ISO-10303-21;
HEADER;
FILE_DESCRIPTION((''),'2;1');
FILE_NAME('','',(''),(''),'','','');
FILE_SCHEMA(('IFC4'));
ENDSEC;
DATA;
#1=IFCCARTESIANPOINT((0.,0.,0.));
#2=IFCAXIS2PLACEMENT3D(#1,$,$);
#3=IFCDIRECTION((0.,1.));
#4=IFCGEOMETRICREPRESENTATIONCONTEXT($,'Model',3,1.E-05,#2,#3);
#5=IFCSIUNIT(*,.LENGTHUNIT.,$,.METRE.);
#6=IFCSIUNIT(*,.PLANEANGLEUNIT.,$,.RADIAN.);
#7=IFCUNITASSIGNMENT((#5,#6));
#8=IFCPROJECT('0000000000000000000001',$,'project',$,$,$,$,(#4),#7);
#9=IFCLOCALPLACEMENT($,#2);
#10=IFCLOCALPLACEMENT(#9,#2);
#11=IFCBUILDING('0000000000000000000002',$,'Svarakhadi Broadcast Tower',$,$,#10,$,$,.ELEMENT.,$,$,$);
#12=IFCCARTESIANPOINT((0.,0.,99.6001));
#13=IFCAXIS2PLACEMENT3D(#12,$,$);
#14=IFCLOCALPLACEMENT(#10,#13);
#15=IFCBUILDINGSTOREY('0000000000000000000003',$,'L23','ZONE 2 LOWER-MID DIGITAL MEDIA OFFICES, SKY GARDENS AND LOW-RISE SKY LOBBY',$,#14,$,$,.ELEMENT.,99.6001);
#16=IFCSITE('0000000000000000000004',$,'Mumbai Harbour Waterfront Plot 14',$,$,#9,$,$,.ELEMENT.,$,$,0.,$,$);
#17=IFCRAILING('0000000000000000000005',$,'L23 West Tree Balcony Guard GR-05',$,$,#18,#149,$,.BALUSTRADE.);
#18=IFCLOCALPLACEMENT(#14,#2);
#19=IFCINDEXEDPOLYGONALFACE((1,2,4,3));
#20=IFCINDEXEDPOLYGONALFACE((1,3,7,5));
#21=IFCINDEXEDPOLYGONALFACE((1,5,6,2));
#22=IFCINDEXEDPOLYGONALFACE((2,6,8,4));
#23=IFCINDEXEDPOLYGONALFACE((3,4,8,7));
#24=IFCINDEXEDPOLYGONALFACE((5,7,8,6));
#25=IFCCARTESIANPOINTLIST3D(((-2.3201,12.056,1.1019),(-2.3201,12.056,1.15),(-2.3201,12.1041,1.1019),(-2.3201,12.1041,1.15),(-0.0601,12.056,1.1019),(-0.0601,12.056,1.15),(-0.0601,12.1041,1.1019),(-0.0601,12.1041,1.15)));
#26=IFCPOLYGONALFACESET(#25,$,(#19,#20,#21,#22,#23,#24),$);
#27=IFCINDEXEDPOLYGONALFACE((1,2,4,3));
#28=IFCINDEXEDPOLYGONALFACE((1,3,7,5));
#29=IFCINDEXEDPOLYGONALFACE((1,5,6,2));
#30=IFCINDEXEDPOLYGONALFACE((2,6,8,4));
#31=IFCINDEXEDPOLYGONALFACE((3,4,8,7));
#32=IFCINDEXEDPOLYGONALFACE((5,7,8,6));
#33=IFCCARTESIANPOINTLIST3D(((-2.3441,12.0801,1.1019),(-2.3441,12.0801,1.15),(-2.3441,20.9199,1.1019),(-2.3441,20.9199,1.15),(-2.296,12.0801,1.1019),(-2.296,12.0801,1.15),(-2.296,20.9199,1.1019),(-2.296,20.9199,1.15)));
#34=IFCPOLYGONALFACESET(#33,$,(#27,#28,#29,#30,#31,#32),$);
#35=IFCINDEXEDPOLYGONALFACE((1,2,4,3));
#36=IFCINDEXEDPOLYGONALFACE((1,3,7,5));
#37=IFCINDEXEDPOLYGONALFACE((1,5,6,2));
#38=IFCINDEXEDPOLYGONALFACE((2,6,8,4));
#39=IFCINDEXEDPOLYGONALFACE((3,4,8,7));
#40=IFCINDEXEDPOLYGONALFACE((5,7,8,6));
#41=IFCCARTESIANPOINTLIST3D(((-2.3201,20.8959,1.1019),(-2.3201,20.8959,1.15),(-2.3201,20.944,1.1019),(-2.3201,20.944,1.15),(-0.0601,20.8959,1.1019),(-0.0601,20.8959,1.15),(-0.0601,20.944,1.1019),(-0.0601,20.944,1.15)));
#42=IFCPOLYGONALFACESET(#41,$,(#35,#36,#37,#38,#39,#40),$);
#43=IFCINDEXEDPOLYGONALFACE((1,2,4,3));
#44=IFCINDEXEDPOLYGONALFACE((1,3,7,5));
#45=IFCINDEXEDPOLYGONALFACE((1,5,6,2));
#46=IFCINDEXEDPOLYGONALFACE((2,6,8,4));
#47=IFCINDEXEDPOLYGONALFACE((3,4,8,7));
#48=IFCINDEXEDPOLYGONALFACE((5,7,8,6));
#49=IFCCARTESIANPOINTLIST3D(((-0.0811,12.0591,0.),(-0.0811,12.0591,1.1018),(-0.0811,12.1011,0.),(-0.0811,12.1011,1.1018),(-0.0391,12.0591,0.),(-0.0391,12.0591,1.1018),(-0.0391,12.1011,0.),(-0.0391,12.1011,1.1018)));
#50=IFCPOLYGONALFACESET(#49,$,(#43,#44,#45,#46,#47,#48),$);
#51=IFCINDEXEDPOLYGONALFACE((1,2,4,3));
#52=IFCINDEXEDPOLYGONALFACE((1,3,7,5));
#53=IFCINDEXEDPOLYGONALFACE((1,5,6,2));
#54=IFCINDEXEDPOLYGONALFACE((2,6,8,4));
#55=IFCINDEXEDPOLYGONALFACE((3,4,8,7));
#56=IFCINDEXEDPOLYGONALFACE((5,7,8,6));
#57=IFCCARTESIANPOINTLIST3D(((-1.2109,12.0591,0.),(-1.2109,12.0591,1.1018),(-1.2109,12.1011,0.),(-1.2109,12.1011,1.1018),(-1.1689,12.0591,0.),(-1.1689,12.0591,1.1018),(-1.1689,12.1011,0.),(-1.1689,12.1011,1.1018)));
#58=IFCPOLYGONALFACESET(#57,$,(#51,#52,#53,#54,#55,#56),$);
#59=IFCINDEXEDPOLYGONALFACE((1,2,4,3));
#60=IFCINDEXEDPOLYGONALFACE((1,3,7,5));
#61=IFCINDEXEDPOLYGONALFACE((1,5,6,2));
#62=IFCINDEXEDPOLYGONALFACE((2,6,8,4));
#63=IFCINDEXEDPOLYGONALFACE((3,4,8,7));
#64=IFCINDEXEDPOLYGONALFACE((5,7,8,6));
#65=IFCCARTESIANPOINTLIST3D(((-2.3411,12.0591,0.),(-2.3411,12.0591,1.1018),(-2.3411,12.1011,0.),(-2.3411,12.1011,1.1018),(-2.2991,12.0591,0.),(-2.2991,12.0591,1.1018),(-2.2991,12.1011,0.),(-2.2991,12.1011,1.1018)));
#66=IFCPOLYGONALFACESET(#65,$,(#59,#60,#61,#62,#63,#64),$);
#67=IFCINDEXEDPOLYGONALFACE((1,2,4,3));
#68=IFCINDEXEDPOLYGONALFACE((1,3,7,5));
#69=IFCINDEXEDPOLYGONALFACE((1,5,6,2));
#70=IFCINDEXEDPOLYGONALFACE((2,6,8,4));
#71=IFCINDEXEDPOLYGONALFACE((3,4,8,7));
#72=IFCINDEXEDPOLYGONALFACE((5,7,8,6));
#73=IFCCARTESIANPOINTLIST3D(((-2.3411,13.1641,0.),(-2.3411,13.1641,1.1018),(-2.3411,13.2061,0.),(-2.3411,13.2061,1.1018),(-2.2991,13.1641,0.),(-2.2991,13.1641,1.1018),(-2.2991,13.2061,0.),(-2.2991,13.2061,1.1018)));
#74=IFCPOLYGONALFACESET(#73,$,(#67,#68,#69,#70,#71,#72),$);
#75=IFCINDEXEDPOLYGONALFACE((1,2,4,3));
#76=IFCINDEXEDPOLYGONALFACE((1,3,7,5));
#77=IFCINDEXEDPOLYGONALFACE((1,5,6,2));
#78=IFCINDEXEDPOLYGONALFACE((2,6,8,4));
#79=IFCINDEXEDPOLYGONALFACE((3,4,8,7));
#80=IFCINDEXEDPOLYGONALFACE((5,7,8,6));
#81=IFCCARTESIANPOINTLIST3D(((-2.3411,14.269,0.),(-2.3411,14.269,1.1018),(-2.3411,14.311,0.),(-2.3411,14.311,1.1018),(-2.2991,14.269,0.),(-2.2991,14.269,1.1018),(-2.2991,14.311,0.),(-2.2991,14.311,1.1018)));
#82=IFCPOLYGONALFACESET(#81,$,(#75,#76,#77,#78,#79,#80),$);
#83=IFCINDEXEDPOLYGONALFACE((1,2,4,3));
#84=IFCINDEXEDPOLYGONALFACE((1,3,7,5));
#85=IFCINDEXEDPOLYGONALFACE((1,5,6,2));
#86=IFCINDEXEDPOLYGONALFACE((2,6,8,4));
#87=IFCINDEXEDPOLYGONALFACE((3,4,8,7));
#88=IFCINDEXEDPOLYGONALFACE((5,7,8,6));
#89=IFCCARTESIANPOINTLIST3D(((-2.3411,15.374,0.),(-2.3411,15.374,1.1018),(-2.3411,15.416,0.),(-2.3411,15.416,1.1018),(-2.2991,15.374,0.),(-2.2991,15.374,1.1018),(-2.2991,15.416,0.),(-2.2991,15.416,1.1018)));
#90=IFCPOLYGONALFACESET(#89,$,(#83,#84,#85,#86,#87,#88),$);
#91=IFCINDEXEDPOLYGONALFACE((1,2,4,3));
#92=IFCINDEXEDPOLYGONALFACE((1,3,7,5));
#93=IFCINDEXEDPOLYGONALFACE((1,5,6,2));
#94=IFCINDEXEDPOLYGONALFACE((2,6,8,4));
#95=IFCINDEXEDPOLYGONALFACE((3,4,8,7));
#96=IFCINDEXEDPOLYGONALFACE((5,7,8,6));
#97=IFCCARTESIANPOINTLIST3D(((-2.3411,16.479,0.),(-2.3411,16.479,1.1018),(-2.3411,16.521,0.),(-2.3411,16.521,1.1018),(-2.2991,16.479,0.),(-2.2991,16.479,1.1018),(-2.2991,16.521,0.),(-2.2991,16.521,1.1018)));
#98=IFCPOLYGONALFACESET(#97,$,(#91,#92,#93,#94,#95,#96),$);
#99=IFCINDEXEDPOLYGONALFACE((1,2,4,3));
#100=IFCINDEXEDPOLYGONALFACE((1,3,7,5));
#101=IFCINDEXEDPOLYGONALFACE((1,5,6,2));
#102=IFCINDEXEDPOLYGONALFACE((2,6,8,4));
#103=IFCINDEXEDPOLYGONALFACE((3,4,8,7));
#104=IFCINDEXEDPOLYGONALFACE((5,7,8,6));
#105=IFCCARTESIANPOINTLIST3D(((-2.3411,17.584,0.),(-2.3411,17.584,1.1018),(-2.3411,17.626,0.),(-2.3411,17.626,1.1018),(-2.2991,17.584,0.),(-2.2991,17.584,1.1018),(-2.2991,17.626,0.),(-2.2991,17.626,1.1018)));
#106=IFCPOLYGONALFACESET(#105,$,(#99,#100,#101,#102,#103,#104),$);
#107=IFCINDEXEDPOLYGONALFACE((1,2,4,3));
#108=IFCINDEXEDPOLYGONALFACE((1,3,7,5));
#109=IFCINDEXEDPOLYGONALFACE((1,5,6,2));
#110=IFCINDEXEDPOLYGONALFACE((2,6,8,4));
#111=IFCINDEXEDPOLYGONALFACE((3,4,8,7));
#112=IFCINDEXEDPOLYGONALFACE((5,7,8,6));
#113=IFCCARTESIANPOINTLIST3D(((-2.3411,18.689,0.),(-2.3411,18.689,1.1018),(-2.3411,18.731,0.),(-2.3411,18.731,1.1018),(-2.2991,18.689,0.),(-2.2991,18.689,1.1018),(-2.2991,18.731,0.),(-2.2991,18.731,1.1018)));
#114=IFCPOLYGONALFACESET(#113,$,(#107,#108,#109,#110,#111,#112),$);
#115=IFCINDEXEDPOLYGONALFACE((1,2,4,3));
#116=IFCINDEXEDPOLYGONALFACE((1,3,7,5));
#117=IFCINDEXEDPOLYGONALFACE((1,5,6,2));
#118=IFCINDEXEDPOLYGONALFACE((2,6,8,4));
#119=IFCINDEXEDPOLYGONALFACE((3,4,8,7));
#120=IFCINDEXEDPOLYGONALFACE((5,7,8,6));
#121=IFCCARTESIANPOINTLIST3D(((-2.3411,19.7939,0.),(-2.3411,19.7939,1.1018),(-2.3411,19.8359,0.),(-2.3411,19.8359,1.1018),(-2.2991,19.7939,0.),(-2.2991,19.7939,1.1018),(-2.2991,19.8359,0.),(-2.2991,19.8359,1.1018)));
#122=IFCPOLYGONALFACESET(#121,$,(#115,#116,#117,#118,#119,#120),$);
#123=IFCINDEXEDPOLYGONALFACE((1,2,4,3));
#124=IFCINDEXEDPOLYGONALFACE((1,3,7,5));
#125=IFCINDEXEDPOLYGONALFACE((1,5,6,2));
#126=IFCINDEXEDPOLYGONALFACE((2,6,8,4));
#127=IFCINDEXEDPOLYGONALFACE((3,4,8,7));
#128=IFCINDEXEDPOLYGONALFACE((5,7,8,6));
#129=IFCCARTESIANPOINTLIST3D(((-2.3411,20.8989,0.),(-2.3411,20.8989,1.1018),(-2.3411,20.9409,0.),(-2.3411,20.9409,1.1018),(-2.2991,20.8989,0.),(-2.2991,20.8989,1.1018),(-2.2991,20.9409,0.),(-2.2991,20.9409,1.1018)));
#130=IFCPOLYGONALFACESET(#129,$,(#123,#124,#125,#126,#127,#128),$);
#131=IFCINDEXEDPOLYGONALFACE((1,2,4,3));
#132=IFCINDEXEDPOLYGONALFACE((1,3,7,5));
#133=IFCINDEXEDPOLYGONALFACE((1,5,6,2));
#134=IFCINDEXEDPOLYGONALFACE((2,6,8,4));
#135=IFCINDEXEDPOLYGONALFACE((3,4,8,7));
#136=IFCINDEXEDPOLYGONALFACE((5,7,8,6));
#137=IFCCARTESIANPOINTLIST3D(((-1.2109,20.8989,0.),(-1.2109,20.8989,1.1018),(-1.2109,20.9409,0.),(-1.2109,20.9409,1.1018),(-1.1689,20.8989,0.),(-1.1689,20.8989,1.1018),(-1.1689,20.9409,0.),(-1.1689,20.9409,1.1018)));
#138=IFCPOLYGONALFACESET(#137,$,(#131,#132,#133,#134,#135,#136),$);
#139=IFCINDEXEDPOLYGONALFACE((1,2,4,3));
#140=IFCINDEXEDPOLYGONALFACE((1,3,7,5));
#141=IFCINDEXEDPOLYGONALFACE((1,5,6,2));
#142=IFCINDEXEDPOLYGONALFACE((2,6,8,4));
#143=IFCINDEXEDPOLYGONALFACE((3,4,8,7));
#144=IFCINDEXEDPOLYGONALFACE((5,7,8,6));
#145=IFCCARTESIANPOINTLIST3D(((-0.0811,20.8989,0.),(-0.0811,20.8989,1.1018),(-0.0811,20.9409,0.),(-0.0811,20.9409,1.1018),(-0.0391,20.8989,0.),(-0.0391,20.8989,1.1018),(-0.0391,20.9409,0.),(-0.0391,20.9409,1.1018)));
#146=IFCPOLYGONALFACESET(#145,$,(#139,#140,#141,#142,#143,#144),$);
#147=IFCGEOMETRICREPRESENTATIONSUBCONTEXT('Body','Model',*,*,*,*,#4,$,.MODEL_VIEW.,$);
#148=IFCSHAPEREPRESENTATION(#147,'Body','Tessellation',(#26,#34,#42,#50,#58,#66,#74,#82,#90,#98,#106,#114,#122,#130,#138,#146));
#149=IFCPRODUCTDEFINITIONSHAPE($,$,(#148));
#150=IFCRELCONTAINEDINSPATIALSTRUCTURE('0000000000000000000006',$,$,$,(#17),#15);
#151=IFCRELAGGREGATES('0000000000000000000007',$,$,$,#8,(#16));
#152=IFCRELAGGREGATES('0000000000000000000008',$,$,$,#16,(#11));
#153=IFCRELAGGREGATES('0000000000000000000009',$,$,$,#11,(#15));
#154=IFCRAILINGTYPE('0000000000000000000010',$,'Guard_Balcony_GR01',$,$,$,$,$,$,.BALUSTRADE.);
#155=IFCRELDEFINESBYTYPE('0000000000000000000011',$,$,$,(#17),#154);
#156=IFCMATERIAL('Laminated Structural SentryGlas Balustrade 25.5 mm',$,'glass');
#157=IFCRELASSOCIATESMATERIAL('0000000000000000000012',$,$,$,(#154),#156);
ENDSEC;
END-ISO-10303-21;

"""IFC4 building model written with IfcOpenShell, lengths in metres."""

from ifc_helpers import new_model, si_unit, direction, frame, origin, origin_2d, place, context, subcontext, project, spatial, rectangle, extrude, material, type_object, element, save


model = new_model("IFC4")

# Units and contexts
model_context = context("Model", 3, precision=1e-05, world=origin(), true_north=direction((0.0, 1.0)))
body_context = subcontext(model_context, "Body", "Model", "MODEL_VIEW")
ifc_project = project(units=[si_unit("LENGTHUNIT", "METRE"), si_unit("PLANEANGLEUNIT", "RADIAN")], contexts=[model_context])

# Site, building, storey
site_placement = place(None, origin())
site = spatial("IfcSite", under=ifc_project, at=site_placement, Name="Mumbai Harbour Waterfront Plot 14", CompositionType="ELEMENT", RefElevation=0.0)
building_placement = place(site_placement, origin())
building = spatial("IfcBuilding", under=site, at=building_placement, Name="Svarakhadi Broadcast Tower", CompositionType="ELEMENT")
storey_placement = place(building_placement, frame((0.0, 0.0, 99.6001)))
storey = spatial("IfcBuildingStorey", under=building, at=storey_placement, Name="L23", Description="ZONE 2 LOWER-MID DIGITAL MEDIA OFFICES, SKY GARDENS AND LOW-RISE SKY LOBBY", CompositionType="ELEMENT", Elevation=99.6001)

# Railing
ifc_material_1 = material(Name="Laminated Structural SentryGlas Balustrade 25.5 mm", Category="glass")
railing_type = type_object("IfcRailingType", Name="Guard_Balcony_GR01", PredefinedType="BALUSTRADE", material=ifc_material_1)
railing_placement = place(storey_placement, frame((-0.0601, 12.0801, 0.0)))
element("IfcRailing", 1, at=railing_placement, inside=storey, type_object=railing_type, Name="L23 West Tree Balcony Guard GR-05", PredefinedType="BALUSTRADE", context=body_context, shape_type="SweptSolid", body=[
    extrude(rectangle(XDim=0.0481, YDim=0.0481, at=origin_2d()), frame((0.0, 0.0, 1.126), z_axis=(-1.0, 0.0, 0.0), x_axis=(0.0, -1.0, 0.0)), (0.0, 0.0, 1.0), 2.26),
    extrude(rectangle(XDim=0.0481, YDim=0.0481, at=origin_2d()), frame((-2.26, 0.0, 1.126), z_axis=(0.0, 1.0, 0.0), x_axis=(-1.0, 0.0, 0.0)), (0.0, 0.0, 1.0), 8.8398),
    extrude(rectangle(XDim=0.0481, YDim=0.0481, at=origin_2d()), frame((-2.26, 8.8398, 1.126), z_axis=(1.0, 0.0, 0.0), x_axis=(0.0, 1.0, 0.0)), (0.0, 0.0, 1.0), 2.26),
    extrude(rectangle(XDim=0.042, YDim=0.042, at=origin_2d()), origin(), (0.0, 0.0, 1.0), 1.1018),
    extrude(rectangle(XDim=0.042, YDim=0.042, at=origin_2d()), frame((-1.1299, 0.0, 0.0)), (0.0, 0.0, 1.0), 1.1018),
    extrude(rectangle(XDim=0.042, YDim=0.042, at=origin_2d()), frame((-2.26, 0.0, 0.0)), (0.0, 0.0, 1.0), 1.1018),
    extrude(rectangle(XDim=0.042, YDim=0.042, at=origin_2d()), frame((-2.26, 1.105, 0.0)), (0.0, 0.0, 1.0), 1.1018),
    extrude(rectangle(XDim=0.042, YDim=0.042, at=origin_2d()), frame((-2.26, 2.21, 0.0)), (0.0, 0.0, 1.0), 1.1018),
    extrude(rectangle(XDim=0.042, YDim=0.042, at=origin_2d()), frame((-2.26, 3.3149, 0.0)), (0.0, 0.0, 1.0), 1.1018),
    extrude(rectangle(XDim=0.042, YDim=0.042, at=origin_2d()), frame((-2.26, 4.4199, 0.0)), (0.0, 0.0, 1.0), 1.1018),
    extrude(rectangle(XDim=0.042, YDim=0.042, at=origin_2d()), frame((-2.26, 5.5249, 0.0)), (0.0, 0.0, 1.0), 1.1018),
    extrude(rectangle(XDim=0.042, YDim=0.042, at=origin_2d()), frame((-2.26, 6.6299, 0.0)), (0.0, 0.0, 1.0), 1.1018),
    extrude(rectangle(XDim=0.042, YDim=0.042, at=origin_2d()), frame((-2.26, 7.7349, 0.0)), (0.0, 0.0, 1.0), 1.1018),
    extrude(rectangle(XDim=0.042, YDim=0.042, at=origin_2d()), frame((-2.26, 8.8398, 0.0)), (0.0, 0.0, 1.0), 1.1018),
    extrude(rectangle(XDim=0.042, YDim=0.042, at=origin_2d()), frame((-1.1299, 8.8398, 0.0)), (0.0, 0.0, 1.0), 1.1018),
    extrude(rectangle(XDim=0.042, YDim=0.042, at=origin_2d()), frame((0.0, 8.8398, 0.0)), (0.0, 0.0, 1.0), 1.1018),
])

save(model, "model.ifc")
